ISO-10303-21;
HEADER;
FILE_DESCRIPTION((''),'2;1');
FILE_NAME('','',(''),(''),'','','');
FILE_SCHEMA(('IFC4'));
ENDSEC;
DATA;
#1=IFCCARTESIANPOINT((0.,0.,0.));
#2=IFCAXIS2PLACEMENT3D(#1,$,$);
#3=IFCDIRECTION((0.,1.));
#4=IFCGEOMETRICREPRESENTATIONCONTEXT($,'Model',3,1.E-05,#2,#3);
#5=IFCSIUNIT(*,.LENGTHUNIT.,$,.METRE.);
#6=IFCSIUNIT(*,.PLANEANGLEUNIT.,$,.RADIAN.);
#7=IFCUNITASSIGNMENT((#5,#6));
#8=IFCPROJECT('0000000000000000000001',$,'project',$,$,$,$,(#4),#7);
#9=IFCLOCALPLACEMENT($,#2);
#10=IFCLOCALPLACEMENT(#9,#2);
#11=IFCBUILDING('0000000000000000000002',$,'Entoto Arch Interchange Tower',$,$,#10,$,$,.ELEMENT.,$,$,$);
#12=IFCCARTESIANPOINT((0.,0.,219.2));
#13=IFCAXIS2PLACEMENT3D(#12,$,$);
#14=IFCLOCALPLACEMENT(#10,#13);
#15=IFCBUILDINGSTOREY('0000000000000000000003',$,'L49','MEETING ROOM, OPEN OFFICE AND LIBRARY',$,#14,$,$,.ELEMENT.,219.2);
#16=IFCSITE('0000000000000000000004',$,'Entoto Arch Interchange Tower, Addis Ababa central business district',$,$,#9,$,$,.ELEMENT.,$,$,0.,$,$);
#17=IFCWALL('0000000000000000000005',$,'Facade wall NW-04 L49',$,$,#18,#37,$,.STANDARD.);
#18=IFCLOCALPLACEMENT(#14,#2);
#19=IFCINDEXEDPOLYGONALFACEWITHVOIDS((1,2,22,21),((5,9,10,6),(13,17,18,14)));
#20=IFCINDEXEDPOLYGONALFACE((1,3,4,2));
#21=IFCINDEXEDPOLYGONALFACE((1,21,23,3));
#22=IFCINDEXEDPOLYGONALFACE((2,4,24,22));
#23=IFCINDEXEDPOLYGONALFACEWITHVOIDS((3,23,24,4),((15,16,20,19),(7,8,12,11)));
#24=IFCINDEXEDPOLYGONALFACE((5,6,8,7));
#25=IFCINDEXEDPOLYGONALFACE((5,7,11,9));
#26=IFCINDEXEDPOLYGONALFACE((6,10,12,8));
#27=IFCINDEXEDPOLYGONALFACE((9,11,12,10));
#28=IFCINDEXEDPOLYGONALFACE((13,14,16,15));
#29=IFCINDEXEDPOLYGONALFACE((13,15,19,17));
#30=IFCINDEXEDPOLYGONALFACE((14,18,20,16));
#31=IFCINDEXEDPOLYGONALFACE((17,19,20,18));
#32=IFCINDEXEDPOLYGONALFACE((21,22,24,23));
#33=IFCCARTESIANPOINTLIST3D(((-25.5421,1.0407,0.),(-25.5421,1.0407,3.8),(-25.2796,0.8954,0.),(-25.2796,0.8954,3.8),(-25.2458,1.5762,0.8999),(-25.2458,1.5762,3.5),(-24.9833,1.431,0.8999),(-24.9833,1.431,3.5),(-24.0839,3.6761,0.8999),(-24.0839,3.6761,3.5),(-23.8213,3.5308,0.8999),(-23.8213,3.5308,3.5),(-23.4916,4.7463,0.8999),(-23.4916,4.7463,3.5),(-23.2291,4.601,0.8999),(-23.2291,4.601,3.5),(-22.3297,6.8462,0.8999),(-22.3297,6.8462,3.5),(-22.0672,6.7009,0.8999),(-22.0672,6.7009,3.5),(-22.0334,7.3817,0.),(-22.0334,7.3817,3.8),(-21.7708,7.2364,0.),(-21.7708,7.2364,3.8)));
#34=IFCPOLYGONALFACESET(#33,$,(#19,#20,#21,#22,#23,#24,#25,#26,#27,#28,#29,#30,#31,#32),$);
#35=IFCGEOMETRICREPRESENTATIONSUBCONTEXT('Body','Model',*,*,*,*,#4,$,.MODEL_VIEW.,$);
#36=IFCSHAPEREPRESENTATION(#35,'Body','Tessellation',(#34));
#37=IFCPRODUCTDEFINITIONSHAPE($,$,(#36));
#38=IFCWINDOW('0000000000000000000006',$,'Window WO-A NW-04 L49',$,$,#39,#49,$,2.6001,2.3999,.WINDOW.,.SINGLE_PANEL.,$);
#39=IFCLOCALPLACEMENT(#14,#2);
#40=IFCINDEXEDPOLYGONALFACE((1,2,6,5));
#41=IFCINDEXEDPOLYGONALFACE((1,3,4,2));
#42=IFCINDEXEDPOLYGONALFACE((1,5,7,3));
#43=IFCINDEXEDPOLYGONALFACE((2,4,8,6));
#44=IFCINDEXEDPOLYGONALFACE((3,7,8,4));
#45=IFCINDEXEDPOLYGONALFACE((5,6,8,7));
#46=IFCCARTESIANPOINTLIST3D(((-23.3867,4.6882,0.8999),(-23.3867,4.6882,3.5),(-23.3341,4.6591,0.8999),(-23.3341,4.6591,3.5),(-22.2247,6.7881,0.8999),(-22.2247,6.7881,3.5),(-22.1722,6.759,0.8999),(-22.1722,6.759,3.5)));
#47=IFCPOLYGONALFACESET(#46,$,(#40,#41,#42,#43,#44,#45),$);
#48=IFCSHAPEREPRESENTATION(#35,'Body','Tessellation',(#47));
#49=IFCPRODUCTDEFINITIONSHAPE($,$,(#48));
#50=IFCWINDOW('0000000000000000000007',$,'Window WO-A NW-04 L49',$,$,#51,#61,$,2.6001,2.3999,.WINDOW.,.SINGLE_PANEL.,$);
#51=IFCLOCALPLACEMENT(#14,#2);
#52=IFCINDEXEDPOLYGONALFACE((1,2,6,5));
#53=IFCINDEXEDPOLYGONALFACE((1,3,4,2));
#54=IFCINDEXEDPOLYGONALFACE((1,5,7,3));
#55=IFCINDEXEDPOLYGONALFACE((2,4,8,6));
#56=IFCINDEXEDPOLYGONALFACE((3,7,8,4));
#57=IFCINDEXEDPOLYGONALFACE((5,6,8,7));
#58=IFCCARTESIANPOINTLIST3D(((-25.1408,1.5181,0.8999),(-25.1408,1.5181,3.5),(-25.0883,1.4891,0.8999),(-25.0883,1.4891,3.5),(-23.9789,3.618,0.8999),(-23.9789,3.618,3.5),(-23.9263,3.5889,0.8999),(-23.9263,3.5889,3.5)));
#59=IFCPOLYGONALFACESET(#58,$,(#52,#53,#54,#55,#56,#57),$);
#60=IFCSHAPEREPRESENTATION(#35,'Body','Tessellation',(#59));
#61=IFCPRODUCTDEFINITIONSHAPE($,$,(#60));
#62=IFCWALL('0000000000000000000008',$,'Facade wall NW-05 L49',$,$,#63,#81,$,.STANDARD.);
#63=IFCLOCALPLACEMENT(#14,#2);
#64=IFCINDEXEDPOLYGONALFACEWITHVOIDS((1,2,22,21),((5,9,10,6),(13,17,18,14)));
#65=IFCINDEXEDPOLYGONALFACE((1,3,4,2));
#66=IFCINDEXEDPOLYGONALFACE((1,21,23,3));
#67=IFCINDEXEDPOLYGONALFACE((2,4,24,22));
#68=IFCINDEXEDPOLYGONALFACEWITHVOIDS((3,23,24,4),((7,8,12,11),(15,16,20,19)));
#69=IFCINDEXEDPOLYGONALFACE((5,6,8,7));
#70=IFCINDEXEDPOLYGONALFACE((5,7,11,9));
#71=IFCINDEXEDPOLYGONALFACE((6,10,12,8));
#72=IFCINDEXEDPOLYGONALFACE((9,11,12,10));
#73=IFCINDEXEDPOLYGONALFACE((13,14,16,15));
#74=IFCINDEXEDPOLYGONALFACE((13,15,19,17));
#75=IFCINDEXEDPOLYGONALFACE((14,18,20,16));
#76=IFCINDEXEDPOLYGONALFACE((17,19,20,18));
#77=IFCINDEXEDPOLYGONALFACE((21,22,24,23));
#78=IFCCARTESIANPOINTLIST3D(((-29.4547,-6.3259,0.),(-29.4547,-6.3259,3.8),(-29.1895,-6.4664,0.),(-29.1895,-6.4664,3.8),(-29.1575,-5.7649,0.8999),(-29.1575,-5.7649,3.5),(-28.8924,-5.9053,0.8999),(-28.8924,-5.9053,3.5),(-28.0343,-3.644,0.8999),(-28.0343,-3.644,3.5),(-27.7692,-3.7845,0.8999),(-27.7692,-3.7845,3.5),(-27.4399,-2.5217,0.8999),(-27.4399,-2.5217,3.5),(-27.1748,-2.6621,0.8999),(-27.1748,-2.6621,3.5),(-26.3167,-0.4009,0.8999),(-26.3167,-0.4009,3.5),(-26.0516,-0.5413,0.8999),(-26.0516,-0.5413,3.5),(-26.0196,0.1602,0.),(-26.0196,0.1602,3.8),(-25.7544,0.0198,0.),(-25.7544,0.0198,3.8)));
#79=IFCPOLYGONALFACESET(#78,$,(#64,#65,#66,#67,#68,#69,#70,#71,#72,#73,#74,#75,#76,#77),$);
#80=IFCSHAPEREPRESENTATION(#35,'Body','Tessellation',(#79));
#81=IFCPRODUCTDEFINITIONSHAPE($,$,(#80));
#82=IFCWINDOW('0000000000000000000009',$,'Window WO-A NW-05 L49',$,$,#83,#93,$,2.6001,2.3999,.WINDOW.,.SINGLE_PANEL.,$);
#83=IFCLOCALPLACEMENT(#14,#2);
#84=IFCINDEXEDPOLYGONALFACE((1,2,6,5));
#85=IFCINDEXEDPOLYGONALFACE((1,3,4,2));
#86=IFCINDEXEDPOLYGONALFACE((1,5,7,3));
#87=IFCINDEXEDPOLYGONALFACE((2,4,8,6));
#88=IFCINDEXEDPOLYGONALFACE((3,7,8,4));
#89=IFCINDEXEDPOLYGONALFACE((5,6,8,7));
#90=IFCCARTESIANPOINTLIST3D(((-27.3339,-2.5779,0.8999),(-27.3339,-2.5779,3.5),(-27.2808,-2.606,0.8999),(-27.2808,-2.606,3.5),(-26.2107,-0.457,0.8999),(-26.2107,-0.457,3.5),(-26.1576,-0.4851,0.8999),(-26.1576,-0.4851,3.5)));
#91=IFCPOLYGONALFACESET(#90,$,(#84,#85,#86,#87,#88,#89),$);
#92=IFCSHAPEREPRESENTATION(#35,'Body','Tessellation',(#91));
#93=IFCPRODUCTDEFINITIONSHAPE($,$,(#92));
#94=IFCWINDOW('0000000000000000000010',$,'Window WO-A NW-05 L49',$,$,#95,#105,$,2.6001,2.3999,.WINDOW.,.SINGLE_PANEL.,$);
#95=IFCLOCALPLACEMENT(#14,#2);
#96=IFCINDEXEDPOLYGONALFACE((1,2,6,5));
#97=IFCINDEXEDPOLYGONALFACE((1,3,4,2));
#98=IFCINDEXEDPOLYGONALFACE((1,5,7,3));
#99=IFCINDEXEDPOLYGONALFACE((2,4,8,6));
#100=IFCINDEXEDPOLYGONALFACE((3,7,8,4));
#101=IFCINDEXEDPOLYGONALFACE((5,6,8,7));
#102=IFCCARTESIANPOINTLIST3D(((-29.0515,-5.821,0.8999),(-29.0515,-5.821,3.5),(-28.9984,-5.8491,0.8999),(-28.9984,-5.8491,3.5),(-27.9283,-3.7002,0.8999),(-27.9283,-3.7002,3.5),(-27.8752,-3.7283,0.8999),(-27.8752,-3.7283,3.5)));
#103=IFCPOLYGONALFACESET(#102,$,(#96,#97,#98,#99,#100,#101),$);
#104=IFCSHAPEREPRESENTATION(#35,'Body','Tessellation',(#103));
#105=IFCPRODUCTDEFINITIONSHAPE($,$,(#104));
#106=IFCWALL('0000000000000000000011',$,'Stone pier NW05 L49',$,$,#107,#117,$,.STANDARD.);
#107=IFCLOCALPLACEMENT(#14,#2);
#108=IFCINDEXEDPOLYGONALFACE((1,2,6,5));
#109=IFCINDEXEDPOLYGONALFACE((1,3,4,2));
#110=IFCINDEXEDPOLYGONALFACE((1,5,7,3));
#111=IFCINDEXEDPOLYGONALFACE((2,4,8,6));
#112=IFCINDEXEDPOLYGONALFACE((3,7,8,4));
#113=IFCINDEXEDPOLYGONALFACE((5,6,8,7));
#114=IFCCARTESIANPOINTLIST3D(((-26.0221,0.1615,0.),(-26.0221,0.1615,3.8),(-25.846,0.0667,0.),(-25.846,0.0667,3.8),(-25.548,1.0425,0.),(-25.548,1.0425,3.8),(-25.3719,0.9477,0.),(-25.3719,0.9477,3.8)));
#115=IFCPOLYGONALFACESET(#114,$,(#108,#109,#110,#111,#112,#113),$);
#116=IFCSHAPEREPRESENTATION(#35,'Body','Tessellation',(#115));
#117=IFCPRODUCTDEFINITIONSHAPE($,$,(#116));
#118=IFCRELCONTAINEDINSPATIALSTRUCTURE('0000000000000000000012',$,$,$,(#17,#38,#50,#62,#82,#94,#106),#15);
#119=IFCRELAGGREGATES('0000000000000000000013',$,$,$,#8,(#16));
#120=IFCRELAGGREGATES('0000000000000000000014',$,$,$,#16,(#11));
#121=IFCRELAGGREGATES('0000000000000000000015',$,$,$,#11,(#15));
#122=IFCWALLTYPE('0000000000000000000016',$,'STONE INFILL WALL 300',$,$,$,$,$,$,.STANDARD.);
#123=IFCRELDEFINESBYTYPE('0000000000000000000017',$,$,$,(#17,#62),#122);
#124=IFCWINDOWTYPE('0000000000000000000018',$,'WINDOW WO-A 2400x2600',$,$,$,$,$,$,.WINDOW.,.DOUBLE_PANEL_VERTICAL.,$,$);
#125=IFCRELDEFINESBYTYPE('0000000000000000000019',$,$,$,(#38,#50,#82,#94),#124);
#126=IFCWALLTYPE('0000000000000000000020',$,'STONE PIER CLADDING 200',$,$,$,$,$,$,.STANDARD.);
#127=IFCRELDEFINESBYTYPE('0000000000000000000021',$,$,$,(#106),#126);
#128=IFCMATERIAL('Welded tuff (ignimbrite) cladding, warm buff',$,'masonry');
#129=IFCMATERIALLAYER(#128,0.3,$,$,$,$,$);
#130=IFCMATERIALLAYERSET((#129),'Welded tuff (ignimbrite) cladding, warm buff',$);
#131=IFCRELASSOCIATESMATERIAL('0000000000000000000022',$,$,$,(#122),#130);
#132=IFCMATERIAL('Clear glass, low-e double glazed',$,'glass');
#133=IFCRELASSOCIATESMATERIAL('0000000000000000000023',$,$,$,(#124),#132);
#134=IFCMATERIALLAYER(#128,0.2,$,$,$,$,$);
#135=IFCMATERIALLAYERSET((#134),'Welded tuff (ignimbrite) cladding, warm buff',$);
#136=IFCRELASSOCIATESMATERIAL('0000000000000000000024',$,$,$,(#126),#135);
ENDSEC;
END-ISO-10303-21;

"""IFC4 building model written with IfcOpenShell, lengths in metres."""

from ifc_helpers import new_model, si_unit, direction, frame, frame_2d, origin, place, context, subcontext, project, spatial, rectangle, extrude, material, layer, layer_set, type_object, element, fill, save


model = new_model("IFC4")

# Units and contexts
model_context = context("Model", 3, precision=1e-05, world=origin(), true_north=direction((0.0, 1.0)))
body_context = subcontext(model_context, "Body", "Model", "MODEL_VIEW")
ifc_project = project(units=[si_unit("LENGTHUNIT", "METRE"), si_unit("PLANEANGLEUNIT", "RADIAN")], contexts=[model_context])

# Site, building, storey
site_placement = place(None, origin())
site = spatial("IfcSite", under=ifc_project, at=site_placement, Name="Entoto Arch Interchange Tower, Addis Ababa central business district", CompositionType="ELEMENT", RefElevation=0.0)
building_placement = place(site_placement, origin())
building = spatial("IfcBuilding", under=site, at=building_placement, Name="Entoto Arch Interchange Tower", CompositionType="ELEMENT")
storey_placement = place(building_placement, frame((0.0, 0.0, 219.2)))
storey = spatial("IfcBuildingStorey", under=building, at=storey_placement, Name="L49", Description="MEETING ROOM, OPEN OFFICE AND LIBRARY", CompositionType="ELEMENT", Elevation=219.2)

# Walls, openings, windows
ifc_material_1 = material(Name="Welded tuff (ignimbrite) cladding, warm buff", Category="masonry")
ifc_layer_1 = layer(ifc_material_1, 0.3)
ifc_layer_set_1 = layer_set([ifc_layer_1], Name="Welded tuff (ignimbrite) cladding, warm buff")
wall_type_1 = type_object("IfcWallType", Name="STONE INFILL WALL 300", PredefinedType="STANDARD", material=ifc_layer_set_1)
wall_1_placement = place(storey_placement, frame((-21.9021, 7.3091, 0.0), z_axis=(0.0, 0.0, 1.0), x_axis=(-0.484163, -0.874978, 0.0)))
wall_1 = element("IfcWall", 1, at=wall_1_placement, inside=storey, type_object=wall_type_1, Name="Facade wall NW-04 L49", PredefinedType="STANDARD", context=body_context, shape_type="SweptSolid", body=[
    extrude(rectangle(XDim=7.2471, YDim=0.3, at=frame_2d((3.6235, 0.0))), origin(), (0.0, 0.0, 1.0), 3.8),
])
opening_1_placement = place(wall_1_placement, frame((0.6121, 0.0, 0.8999)))
opening_1 = element("IfcOpeningElement", 2, at=opening_1_placement, cuts=wall_1, PredefinedType="OPENING", context=body_context, shape_type="SweptSolid", body=[
    extrude(rectangle(XDim=2.3999, YDim=2.6001, at=frame_2d((1.2, 1.3))), frame((0.0, 0.1602, 0.0), z_axis=(0.0, -1.0, 0.0), x_axis=(1.0, 0.0, 0.0)), (0.0, 0.0, 1.0), 0.3201),
])
opening_2_placement = place(wall_1_placement, frame((4.2351, 0.0, 0.8999)))
opening_2 = element("IfcOpeningElement", 3, at=opening_2_placement, cuts=wall_1, PredefinedType="OPENING", context=body_context, shape_type="SweptSolid", body=[
    extrude(rectangle(XDim=2.3999, YDim=2.6001, at=frame_2d((1.2, 1.3))), frame((0.0, 0.1602, 0.0), z_axis=(0.0, -1.0, 0.0), x_axis=(1.0, 0.0, 0.0)), (0.0, 0.0, 1.0), 0.3201),
])
ifc_material_2 = material(Name="Clear glass, low-e double glazed", Category="glass")
window_type = type_object("IfcWindowType", Name="WINDOW WO-A 2400x2600", PartitioningType="DOUBLE_PANEL_VERTICAL", PredefinedType="WINDOW", material=ifc_material_2)
window_1_placement = place(opening_1_placement, origin())
window_1 = element("IfcWindow", 4, at=window_1_placement, inside=storey, type_object=window_type, Name="Window WO-A NW-04 L49", OverallHeight=2.6001, OverallWidth=2.3999, PartitioningType="SINGLE_PANEL", PredefinedType="WINDOW", context=body_context, shape_type="SweptSolid", body=[
    extrude(rectangle(XDim=2.3999, YDim=2.6001, at=frame_2d((1.2, 1.3))), frame((0.0, 0.03, 0.0), z_axis=(0.0, -1.0, 0.0), x_axis=(1.0, 0.0, 0.0)), (0.0, 0.0, 1.0), 0.0601),
])
fill(opening_1, window_1)
window_2_placement = place(opening_2_placement, origin())
window_2 = element("IfcWindow", 5, at=window_2_placement, inside=storey, type_object=window_type, Name="Window WO-A NW-04 L49", OverallHeight=2.6001, OverallWidth=2.3999, PartitioningType="SINGLE_PANEL", PredefinedType="WINDOW", context=body_context, shape_type="SweptSolid", body=[
    extrude(rectangle(XDim=2.3999, YDim=2.6001, at=frame_2d((1.2, 1.3))), frame((0.0, 0.03, 0.0), z_axis=(0.0, -1.0, 0.0), x_axis=(1.0, 0.0, 0.0)), (0.0, 0.0, 1.0), 0.0601),
])
fill(opening_2, window_2)
wall_2_placement = place(storey_placement, frame((-25.887, 0.0901, 0.0), z_axis=(0.0, 0.0, 1.0), x_axis=(-0.468021, -0.883718, 0.0)))
wall_2 = element("IfcWall", 6, at=wall_2_placement, inside=storey, type_object=wall_type_1, Name="Facade wall NW-05 L49", PredefinedType="STANDARD", context=body_context, shape_type="SweptSolid", body=[
    extrude(rectangle(XDim=7.3396, YDim=0.3, at=frame_2d((3.6699, 0.0))), origin(), (0.0, 0.0, 1.0), 3.8),
])
opening_3_placement = place(wall_2_placement, frame((0.635, 0.0, 0.8999)))
opening_3 = element("IfcOpeningElement", 7, at=opening_3_placement, cuts=wall_2, PredefinedType="OPENING", context=body_context, shape_type="SweptSolid", body=[
    extrude(rectangle(XDim=2.3999, YDim=2.6001, at=frame_2d((1.2, 1.3))), frame((0.0, 0.1602, 0.0), z_axis=(0.0, -1.0, 0.0), x_axis=(1.0, 0.0, 0.0)), (0.0, 0.0, 1.0), 0.3201),
])
opening_4_placement = place(wall_2_placement, frame((4.3049, 0.0, 0.8999)))
opening_4 = element("IfcOpeningElement", 8, at=opening_4_placement, cuts=wall_2, PredefinedType="OPENING", context=body_context, shape_type="SweptSolid", body=[
    extrude(rectangle(XDim=2.3999, YDim=2.6001, at=frame_2d((1.2, 1.3))), frame((0.0, 0.1602, 0.0), z_axis=(0.0, -1.0, 0.0), x_axis=(1.0, 0.0, 0.0)), (0.0, 0.0, 1.0), 0.3201),
])
window_3_placement = place(opening_3_placement, origin())
window_3 = element("IfcWindow", 9, at=window_3_placement, inside=storey, type_object=window_type, Name="Window WO-A NW-05 L49", OverallHeight=2.6001, OverallWidth=2.3999, PartitioningType="SINGLE_PANEL", PredefinedType="WINDOW", context=body_context, shape_type="SweptSolid", body=[
    extrude(rectangle(XDim=2.3999, YDim=2.6001, at=frame_2d((1.2, 1.3))), frame((0.0, 0.03, 0.0), z_axis=(0.0, -1.0, 0.0), x_axis=(1.0, 0.0, 0.0)), (0.0, 0.0, 1.0), 0.0601),
])
fill(opening_3, window_3)
window_4_placement = place(opening_4_placement, origin())
window_4 = element("IfcWindow", 10, at=window_4_placement, inside=storey, type_object=window_type, Name="Window WO-A NW-05 L49", OverallHeight=2.6001, OverallWidth=2.3999, PartitioningType="SINGLE_PANEL", PredefinedType="WINDOW", context=body_context, shape_type="SweptSolid", body=[
    extrude(rectangle(XDim=2.3999, YDim=2.6001, at=frame_2d((1.2, 1.3))), frame((0.0, 0.03, 0.0), z_axis=(0.0, -1.0, 0.0), x_axis=(1.0, 0.0, 0.0)), (0.0, 0.0, 1.0), 0.0601),
])
fill(opening_4, window_4)

# Wall
ifc_layer_2 = layer(ifc_material_1, 0.2)
ifc_layer_set_2 = layer_set([ifc_layer_2], Name="Welded tuff (ignimbrite) cladding, warm buff")
wall_type_2 = type_object("IfcWallType", Name="STONE PIER CLADDING 200", PredefinedType="STANDARD", material=ifc_layer_set_2)
wall_3_placement = place(storey_placement, frame((-25.46, 0.9951, 0.0), z_axis=(0.0, 0.0, 1.0), x_axis=(-0.473852, -0.880604, 0.0)))
element("IfcWall", 11, at=wall_3_placement, inside=storey, type_object=wall_type_2, Name="Stone pier NW05 L49", PredefinedType="STANDARD", context=body_context, shape_type="SweptSolid", body=[
    extrude(rectangle(XDim=1.0005, YDim=0.2, at=frame_2d((0.5002, 0.0))), origin(), (0.0, 0.0, 1.0), 3.8),
])

save(model, "model.ifc")
